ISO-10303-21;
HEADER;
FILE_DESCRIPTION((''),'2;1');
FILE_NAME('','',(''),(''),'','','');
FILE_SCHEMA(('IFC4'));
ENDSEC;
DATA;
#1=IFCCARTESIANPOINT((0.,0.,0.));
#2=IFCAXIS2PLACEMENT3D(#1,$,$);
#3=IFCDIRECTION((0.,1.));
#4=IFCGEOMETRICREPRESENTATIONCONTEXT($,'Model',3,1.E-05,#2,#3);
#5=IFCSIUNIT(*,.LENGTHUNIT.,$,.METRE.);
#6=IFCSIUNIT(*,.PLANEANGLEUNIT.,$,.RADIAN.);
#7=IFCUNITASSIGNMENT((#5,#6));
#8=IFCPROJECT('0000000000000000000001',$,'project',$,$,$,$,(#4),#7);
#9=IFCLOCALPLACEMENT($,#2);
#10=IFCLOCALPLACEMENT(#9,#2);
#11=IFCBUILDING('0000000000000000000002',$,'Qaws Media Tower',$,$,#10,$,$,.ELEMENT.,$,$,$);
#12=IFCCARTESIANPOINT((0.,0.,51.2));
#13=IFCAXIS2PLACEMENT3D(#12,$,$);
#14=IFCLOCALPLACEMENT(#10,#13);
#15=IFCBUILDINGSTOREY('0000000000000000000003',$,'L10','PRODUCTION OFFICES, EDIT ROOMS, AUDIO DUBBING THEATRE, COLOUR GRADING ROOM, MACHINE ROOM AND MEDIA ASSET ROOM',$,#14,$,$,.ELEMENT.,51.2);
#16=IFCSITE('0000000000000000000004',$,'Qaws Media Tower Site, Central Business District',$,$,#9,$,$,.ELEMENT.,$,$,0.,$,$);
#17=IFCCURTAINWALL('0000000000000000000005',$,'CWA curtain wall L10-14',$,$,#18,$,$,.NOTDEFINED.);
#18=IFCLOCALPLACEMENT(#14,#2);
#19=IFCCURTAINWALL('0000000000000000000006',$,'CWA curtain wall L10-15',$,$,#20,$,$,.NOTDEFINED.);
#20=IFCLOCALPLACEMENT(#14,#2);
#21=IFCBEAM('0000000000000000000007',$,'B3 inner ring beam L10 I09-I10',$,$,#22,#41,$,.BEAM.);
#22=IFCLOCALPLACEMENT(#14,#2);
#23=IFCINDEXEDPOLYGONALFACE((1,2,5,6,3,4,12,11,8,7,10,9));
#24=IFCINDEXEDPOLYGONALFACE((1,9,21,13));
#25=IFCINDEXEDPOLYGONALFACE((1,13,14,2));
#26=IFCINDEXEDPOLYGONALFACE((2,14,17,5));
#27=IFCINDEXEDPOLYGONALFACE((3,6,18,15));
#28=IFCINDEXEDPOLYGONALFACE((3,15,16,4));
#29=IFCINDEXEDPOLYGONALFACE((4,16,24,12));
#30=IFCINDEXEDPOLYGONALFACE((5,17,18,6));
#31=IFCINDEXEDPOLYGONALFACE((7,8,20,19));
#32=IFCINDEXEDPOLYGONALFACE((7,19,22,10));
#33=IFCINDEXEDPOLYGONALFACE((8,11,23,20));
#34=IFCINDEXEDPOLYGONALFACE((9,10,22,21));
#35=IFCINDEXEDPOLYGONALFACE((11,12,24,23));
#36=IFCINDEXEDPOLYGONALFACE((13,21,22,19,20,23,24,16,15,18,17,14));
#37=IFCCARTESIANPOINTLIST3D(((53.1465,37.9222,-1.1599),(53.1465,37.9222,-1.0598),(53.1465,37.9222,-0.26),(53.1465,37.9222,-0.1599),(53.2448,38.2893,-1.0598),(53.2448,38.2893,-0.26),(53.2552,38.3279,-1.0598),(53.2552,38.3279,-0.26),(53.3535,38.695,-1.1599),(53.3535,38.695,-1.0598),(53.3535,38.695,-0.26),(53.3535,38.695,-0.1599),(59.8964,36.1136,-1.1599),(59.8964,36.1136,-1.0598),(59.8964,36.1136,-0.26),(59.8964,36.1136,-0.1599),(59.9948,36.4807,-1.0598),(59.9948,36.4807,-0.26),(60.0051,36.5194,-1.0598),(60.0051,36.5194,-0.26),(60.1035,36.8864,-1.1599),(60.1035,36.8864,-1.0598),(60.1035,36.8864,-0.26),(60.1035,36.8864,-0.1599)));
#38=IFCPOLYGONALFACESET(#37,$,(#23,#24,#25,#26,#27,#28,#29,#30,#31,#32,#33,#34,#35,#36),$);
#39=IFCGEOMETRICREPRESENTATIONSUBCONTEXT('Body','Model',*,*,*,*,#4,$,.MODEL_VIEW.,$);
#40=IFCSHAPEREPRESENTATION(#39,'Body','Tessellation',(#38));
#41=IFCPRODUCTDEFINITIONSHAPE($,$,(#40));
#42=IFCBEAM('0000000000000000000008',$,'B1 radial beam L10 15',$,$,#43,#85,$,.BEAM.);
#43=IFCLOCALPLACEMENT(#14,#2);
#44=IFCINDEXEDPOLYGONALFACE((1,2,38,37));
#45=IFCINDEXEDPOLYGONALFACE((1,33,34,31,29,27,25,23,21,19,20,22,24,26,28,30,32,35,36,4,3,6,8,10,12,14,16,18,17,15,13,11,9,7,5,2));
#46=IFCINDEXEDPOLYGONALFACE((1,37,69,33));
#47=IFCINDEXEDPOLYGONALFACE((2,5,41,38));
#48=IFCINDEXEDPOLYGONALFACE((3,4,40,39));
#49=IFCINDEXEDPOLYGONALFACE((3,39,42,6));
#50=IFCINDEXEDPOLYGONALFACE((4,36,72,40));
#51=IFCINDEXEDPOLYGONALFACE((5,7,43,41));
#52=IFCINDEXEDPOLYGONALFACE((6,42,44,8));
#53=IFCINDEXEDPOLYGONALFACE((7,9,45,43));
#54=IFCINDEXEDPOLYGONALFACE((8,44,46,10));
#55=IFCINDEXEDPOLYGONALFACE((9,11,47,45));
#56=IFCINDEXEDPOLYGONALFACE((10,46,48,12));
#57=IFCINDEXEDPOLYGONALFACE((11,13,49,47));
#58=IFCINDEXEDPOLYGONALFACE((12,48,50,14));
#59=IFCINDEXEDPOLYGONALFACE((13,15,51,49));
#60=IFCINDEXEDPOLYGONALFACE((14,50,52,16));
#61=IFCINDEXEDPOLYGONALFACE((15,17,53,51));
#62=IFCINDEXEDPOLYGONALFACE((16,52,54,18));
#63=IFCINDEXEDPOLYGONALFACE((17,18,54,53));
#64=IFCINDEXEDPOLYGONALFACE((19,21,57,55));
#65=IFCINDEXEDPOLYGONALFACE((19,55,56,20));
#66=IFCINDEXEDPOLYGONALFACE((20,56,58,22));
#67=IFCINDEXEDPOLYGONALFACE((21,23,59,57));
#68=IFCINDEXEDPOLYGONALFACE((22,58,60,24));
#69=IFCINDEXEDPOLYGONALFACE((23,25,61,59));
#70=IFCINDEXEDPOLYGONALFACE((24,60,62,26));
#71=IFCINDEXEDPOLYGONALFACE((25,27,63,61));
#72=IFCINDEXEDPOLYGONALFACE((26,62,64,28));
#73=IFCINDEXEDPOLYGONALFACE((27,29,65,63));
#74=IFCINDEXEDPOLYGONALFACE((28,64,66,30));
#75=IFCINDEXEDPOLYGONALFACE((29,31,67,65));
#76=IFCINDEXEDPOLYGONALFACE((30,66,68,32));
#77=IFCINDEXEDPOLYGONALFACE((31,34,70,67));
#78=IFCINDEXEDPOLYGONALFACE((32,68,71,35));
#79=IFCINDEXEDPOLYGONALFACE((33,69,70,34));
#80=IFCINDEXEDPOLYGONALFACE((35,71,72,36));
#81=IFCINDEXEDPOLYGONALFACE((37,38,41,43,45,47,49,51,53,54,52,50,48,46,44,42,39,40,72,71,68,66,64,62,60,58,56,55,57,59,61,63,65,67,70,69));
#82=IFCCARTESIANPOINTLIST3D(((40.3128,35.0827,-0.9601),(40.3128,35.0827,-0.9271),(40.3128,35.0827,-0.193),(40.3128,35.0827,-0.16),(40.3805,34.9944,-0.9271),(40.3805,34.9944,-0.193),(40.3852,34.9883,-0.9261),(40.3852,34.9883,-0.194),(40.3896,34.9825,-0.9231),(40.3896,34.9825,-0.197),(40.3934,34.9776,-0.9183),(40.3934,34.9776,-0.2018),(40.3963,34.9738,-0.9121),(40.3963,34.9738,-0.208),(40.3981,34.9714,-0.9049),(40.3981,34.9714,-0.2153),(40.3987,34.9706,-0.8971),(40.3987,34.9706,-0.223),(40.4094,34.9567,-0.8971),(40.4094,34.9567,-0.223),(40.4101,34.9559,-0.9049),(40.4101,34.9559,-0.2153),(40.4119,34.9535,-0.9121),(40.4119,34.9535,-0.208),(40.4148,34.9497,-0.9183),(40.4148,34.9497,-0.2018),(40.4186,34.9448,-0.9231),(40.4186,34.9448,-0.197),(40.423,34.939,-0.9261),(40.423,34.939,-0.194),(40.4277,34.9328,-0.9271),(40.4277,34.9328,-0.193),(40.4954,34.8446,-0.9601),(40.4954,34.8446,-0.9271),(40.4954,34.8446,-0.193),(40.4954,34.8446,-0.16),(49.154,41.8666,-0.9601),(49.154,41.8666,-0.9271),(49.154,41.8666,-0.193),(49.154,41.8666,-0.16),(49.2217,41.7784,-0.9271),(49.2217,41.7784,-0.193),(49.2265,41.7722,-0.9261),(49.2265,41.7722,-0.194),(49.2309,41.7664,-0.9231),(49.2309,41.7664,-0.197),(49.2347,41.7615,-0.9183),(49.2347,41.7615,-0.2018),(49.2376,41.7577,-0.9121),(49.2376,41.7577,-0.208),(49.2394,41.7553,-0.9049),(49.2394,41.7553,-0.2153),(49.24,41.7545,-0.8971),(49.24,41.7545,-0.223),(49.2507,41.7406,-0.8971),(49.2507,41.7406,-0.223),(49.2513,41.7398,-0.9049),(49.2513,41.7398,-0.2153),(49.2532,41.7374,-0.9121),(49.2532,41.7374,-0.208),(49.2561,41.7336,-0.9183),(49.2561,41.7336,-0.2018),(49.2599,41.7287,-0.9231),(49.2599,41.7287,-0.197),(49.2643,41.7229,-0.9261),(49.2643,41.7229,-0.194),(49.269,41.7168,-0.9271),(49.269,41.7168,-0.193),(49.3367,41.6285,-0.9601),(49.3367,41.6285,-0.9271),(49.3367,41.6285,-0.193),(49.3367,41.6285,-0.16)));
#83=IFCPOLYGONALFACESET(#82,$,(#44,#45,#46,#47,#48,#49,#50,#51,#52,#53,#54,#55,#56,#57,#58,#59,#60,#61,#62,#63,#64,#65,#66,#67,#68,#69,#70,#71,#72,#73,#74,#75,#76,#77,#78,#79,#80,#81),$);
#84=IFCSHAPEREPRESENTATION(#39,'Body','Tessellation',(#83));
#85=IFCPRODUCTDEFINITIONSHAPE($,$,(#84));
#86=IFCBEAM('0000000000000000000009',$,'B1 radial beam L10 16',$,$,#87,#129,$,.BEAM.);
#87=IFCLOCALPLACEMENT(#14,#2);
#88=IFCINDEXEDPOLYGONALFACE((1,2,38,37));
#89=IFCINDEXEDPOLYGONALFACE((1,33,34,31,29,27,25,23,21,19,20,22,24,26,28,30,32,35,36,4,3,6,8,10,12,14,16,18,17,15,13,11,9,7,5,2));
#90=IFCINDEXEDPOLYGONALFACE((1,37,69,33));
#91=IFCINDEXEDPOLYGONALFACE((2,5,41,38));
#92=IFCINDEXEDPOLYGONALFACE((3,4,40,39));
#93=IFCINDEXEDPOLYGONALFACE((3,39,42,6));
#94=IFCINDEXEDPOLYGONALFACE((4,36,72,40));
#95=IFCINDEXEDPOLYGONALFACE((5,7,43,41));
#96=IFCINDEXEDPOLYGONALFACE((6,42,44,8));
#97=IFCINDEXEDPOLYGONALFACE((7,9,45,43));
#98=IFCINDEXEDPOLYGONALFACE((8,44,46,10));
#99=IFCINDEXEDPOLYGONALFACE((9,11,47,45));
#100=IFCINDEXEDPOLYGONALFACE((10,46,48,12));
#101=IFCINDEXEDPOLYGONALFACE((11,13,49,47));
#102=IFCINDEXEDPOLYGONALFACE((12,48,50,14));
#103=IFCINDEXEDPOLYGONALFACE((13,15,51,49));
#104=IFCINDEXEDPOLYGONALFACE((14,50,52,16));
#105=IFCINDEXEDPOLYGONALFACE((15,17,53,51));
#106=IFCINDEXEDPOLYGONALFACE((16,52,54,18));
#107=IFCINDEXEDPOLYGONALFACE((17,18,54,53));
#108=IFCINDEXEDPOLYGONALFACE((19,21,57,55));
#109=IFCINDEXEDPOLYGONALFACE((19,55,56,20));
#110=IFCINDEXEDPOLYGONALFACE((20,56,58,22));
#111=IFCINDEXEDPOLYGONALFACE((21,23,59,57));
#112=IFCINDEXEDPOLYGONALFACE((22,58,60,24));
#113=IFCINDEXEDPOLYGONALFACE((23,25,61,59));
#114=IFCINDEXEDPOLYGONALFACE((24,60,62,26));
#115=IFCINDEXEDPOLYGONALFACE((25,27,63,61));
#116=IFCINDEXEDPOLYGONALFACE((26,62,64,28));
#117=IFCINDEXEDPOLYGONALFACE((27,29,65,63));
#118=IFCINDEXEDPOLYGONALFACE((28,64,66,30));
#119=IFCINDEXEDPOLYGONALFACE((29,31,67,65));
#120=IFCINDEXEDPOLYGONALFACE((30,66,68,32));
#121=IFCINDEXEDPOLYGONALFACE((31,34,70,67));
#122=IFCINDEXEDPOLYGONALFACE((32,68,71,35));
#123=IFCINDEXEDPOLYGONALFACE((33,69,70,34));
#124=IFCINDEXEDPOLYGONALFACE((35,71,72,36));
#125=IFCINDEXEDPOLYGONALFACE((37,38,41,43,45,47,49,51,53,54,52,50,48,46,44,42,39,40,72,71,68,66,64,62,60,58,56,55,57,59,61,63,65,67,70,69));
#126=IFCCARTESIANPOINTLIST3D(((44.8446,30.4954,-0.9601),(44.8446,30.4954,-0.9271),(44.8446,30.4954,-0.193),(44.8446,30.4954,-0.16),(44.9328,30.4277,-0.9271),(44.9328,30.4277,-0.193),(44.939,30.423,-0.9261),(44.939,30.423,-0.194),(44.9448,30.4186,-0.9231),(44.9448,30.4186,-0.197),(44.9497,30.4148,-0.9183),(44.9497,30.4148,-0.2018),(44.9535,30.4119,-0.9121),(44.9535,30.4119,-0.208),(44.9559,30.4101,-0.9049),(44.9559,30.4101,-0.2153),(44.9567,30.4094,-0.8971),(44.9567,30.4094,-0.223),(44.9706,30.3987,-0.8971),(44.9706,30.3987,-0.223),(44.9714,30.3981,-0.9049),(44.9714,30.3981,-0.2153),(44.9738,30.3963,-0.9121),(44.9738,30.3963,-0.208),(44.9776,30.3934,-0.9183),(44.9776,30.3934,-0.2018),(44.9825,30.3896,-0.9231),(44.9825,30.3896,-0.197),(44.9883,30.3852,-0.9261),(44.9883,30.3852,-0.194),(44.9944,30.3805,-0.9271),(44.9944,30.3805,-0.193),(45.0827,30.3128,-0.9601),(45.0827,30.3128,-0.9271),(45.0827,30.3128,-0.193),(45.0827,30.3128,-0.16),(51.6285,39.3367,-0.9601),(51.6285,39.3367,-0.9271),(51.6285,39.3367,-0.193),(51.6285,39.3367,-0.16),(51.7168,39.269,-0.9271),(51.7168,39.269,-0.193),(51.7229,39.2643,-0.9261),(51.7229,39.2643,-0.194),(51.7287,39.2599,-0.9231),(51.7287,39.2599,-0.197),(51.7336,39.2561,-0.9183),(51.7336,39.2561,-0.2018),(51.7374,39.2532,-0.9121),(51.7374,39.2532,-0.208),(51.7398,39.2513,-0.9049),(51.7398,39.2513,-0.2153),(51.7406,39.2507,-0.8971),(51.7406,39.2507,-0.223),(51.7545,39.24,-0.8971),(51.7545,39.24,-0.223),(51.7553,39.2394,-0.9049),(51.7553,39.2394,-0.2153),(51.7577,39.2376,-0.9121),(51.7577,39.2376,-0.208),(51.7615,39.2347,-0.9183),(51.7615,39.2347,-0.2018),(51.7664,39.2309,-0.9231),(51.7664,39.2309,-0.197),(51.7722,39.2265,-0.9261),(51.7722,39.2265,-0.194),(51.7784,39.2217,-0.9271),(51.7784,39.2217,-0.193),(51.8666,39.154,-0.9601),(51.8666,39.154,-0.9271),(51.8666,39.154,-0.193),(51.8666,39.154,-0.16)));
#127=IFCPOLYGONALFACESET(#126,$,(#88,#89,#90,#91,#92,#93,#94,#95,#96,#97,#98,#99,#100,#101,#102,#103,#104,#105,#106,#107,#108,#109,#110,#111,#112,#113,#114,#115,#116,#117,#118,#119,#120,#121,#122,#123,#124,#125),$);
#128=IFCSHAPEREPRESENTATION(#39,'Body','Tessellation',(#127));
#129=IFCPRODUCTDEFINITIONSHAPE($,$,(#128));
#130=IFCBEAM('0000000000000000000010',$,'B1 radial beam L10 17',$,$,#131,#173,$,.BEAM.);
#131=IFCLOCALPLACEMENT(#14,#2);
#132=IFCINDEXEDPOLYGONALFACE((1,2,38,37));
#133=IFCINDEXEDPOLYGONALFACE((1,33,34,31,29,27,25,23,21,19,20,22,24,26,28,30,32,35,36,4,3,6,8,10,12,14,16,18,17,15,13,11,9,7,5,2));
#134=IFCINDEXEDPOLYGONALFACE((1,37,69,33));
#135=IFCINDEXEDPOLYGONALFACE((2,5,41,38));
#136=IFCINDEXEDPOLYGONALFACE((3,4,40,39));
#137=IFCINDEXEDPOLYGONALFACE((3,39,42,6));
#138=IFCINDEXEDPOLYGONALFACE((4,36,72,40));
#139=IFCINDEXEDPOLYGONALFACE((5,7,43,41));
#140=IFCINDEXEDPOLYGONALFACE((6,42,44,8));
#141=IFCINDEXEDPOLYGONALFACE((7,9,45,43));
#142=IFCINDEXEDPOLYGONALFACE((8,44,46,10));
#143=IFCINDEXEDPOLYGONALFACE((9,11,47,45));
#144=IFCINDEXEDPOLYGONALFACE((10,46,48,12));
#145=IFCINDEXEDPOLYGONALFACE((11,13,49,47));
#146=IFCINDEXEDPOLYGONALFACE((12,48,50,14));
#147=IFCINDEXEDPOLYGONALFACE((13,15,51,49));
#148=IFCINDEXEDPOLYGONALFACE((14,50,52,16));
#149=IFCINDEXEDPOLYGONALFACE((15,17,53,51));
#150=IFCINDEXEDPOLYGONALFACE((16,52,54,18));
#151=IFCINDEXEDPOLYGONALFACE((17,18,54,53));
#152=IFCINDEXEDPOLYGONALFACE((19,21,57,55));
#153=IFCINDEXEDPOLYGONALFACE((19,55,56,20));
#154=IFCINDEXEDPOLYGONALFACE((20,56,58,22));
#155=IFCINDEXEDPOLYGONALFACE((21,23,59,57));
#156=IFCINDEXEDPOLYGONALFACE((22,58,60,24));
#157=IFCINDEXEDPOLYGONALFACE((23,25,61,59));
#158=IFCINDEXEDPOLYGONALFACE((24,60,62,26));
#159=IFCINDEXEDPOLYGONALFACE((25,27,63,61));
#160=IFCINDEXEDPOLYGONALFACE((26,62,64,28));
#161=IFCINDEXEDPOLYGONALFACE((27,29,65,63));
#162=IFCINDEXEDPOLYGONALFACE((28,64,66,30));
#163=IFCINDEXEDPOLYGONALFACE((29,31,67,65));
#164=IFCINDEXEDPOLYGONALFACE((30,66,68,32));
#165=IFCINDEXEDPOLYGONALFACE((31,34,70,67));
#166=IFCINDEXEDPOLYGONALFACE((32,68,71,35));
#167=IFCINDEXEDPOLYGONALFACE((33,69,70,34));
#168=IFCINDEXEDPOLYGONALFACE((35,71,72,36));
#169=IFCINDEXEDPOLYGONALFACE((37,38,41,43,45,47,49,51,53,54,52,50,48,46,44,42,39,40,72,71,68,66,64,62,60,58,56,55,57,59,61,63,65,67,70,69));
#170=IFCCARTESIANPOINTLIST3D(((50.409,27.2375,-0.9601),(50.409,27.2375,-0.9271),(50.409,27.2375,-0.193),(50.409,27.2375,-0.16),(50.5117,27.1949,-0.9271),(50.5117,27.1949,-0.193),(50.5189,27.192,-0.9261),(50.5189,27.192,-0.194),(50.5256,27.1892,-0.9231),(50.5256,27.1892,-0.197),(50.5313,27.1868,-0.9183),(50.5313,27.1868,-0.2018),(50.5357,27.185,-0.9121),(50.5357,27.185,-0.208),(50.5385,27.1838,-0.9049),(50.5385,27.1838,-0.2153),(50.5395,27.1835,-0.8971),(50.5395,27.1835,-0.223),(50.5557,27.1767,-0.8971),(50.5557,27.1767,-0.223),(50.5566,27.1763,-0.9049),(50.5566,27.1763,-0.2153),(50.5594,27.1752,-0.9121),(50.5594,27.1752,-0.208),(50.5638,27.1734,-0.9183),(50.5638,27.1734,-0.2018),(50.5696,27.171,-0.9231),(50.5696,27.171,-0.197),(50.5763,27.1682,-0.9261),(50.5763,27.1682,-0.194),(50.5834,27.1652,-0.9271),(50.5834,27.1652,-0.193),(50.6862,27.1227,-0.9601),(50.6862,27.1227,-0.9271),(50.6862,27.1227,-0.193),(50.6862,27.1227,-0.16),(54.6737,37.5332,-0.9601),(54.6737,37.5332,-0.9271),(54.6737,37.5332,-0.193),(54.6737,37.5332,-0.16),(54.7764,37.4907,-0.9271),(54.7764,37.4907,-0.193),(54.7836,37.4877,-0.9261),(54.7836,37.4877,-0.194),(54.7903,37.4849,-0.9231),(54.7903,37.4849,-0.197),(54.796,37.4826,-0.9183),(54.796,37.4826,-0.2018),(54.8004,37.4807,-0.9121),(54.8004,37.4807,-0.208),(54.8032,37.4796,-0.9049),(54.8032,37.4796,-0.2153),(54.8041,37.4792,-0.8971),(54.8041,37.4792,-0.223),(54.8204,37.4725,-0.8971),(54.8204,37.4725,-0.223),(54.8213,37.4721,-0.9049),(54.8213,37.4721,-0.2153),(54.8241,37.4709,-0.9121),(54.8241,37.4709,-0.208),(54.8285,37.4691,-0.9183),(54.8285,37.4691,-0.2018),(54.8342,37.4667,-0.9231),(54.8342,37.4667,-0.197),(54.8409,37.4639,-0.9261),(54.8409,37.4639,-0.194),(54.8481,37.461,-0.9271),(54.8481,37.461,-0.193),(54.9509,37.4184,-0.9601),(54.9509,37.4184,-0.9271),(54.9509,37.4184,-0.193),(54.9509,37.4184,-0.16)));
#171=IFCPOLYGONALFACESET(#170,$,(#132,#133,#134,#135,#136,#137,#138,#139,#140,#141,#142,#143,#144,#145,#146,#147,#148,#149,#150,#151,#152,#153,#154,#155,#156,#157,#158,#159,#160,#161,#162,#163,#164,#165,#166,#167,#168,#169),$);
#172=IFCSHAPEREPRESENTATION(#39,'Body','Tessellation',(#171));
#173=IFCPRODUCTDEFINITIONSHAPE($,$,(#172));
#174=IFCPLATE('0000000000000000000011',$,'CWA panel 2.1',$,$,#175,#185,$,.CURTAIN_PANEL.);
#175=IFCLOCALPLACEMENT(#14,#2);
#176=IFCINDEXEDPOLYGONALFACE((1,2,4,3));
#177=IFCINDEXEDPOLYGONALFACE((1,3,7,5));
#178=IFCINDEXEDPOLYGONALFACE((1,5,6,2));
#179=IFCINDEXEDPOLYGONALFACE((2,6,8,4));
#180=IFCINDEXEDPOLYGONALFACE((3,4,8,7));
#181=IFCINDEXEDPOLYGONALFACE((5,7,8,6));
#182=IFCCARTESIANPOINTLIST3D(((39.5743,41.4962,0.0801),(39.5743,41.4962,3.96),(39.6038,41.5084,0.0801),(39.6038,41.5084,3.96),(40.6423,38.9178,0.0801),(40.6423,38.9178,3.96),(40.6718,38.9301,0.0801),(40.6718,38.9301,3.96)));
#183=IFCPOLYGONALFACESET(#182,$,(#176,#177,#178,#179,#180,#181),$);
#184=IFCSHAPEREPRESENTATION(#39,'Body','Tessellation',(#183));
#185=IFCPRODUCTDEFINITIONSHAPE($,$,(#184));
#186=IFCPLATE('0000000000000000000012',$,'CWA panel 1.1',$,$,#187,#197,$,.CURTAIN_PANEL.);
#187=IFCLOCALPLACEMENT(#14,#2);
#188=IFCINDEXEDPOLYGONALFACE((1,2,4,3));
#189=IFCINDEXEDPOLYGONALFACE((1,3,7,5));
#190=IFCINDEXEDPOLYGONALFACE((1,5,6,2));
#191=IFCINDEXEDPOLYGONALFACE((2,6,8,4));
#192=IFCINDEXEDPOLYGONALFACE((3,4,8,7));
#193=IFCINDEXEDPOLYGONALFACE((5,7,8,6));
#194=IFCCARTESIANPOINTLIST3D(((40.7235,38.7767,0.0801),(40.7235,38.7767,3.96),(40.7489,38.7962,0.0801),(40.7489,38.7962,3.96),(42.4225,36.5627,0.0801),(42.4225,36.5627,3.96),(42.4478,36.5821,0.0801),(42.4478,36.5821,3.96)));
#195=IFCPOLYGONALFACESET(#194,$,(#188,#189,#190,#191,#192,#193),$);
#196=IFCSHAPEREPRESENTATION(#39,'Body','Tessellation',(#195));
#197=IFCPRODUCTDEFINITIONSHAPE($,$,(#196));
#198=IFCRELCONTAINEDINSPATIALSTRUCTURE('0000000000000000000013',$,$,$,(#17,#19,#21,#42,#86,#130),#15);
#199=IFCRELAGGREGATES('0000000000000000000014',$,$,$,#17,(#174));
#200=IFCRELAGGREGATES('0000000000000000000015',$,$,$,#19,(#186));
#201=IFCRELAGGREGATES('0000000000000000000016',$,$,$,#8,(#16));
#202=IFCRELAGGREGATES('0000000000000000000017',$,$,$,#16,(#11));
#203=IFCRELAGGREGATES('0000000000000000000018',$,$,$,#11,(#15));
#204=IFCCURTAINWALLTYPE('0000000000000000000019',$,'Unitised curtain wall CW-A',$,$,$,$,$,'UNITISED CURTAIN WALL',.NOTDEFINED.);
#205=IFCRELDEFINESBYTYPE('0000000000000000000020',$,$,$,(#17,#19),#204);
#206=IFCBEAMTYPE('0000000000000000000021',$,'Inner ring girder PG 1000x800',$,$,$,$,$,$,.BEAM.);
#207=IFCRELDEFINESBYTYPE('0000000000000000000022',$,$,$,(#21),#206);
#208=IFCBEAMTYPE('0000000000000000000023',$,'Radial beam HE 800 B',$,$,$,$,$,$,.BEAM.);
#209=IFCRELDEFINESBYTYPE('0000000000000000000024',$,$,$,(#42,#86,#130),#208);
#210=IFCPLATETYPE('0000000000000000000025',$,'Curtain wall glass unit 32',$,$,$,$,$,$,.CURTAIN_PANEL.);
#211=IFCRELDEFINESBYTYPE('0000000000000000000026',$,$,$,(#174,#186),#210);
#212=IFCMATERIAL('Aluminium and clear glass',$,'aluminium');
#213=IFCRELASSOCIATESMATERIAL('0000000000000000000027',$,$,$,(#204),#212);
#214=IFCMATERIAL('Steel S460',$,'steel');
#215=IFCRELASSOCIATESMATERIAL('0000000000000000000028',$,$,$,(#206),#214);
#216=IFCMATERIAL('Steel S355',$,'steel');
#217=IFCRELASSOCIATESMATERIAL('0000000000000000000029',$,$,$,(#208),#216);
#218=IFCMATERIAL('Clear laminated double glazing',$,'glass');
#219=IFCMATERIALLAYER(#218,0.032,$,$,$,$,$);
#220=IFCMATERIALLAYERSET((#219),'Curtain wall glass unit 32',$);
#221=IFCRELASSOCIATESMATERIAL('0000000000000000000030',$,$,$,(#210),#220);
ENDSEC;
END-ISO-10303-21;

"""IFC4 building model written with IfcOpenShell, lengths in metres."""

from ifc_helpers import new_model, si_unit, direction, frame, origin, origin_2d, place, context, subcontext, project, spatial, rectangle, i_section, extrude, material, layer, layer_set, material_profile, profile_set, type_object, element, aggregate, save


model = new_model("IFC4")

# Units and contexts
model_context = context("Model", 3, precision=1e-05, world=origin(), true_north=direction((0.0, 1.0)))
body_context = subcontext(model_context, "Body", "Model", "MODEL_VIEW")
ifc_project = project(units=[si_unit("LENGTHUNIT", "METRE"), si_unit("PLANEANGLEUNIT", "RADIAN")], contexts=[model_context])

# Site, building, storey
site_placement = place(None, origin())
site = spatial("IfcSite", under=ifc_project, at=site_placement, Name="Qaws Media Tower Site, Central Business District", CompositionType="ELEMENT", RefElevation=0.0)
building_placement = place(site_placement, origin())
building = spatial("IfcBuilding", under=site, at=building_placement, Name="Qaws Media Tower", CompositionType="ELEMENT")
storey_placement = place(building_placement, frame((0.0, 0.0, 51.2)))
storey = spatial("IfcBuildingStorey", under=building, at=storey_placement, Name="L10", Description="PRODUCTION OFFICES, EDIT ROOMS, AUDIO DUBBING THEATRE, COLOUR GRADING ROOM, MACHINE ROOM AND MEDIA ASSET ROOM", CompositionType="ELEMENT", Elevation=51.2)

# Curtain wall
ifc_material_1 = material(Name="Aluminium and clear glass", Category="aluminium")
curtain_wall_type = type_object("IfcCurtainWallType", Name="Unitised curtain wall CW-A", ElementType="UNITISED CURTAIN WALL", PredefinedType="NOTDEFINED", material=ifc_material_1)
curtain_wall_1_placement = place(storey_placement, origin())
curtain_wall_1 = element("IfcCurtainWall", 1, at=curtain_wall_1_placement, inside=storey, type_object=curtain_wall_type, Name="CWA curtain wall L10-14", PredefinedType="NOTDEFINED")

# Curtain wall
curtain_wall_2_placement = place(storey_placement, origin())
curtain_wall_2 = element("IfcCurtainWall", 2, at=curtain_wall_2_placement, inside=storey, type_object=curtain_wall_type, Name="CWA curtain wall L10-15", PredefinedType="NOTDEFINED")

# Beams
ifc_material_2 = material(Name="Steel S460", Category="steel")
ifc_material_profile_1 = material_profile(ifc_material_2, i_section(OverallWidth=0.8, OverallDepth=1.0, WebThickness=0.04, FlangeThickness=0.1001, at=origin_2d()), Name="PG 1000x800")
ifc_profile_set_1 = profile_set([ifc_material_profile_1], Name="Steel S460")
beam_type_1 = type_object("IfcBeamType", Name="Inner ring girder PG 1000x800", PredefinedType="BEAM", material=ifc_profile_set_1)
beam_1_placement = place(storey_placement, frame((53.25, 38.3086, -0.6599), z_axis=(0.965928, -0.258811, 0.0), x_axis=(0.258811, 0.965928, 0.0)))
element("IfcBeam", 3, at=beam_1_placement, inside=storey, type_object=beam_type_1, Name="B3 inner ring beam L10 I09-I10", PredefinedType="BEAM", context=body_context, shape_type="SweptSolid", body=[
    extrude(i_section(OverallWidth=0.8, OverallDepth=1.0, WebThickness=0.04, FlangeThickness=0.1001, at=origin_2d()), origin(), (0.0, 0.0, 1.0), 6.988),
])
ifc_material_3 = material(Name="Steel S355", Category="steel")
ifc_material_profile_2 = material_profile(ifc_material_3, i_section(OverallWidth=0.3, OverallDepth=0.8, WebThickness=0.0176, FlangeThickness=0.033, FilletRadius=0.03, at=origin_2d()), Name="HE 800 B")
ifc_profile_set_2 = profile_set([ifc_material_profile_2], Name="Steel S355")
beam_type_2 = type_object("IfcBeamType", Name="Radial beam HE 800 B", PredefinedType="BEAM", material=ifc_profile_set_2)
for number, where, z_axis, x_axis, name in (
    (4, (49.2454, 41.7476, -0.5601), (-0.793364, -0.608748, 0.0), (0.608748, -0.793364, 0.0), "B1 radial beam L10 15"),
    (5, (51.7476, 39.2454, -0.5601), (-0.608748, -0.793364, 0.0), (0.793364, -0.608748, 0.0), "B1 radial beam L10 16"),
    (6, (54.8123, 37.4758, -0.5601), (-0.382687, -0.923878, 0.0), (0.923878, -0.382687, 0.0), "B1 radial beam L10 17"),
):
    element("IfcBeam", number, at=place(storey_placement, frame(where, z_axis=z_axis, x_axis=x_axis)), inside=storey, type_object=beam_type_2, Name=name, PredefinedType="BEAM", context=body_context, shape_type="SweptSolid", body=[
        extrude(i_section(OverallWidth=0.3, OverallDepth=0.8, WebThickness=0.0176, FlangeThickness=0.033, FilletRadius=0.03, at=origin_2d()), origin(), (0.0, 0.0, 1.0), 11.144),
    ])

# Plates
ifc_material_4 = material(Name="Clear laminated double glazing", Category="glass")
ifc_layer_1 = layer(ifc_material_4, 0.032)
ifc_layer_set_1 = layer_set([ifc_layer_1], Name="Curtain wall glass unit 32")
plate_type_1 = type_object("IfcPlateType", Name="Curtain wall glass unit 32", PredefinedType="CURTAIN_PANEL", material=ifc_layer_set_1)
plate_1_placement = place(storey_placement, frame((40.123, 40.2131, 0.0801), z_axis=(0.0, 0.0, 1.0), x_axis=(0.382683, -0.92388, 0.0)))
plate_1 = element("IfcPlate", 7, at=plate_1_placement, type_object=plate_type_1, Name="CWA panel 2.1", PredefinedType="CURTAIN_PANEL", context=body_context, shape_type="SweptSolid", body=[
    extrude(rectangle(XDim=2.7908, YDim=0.032, at=origin_2d()), origin(), (0.0, 0.0, 1.0), 3.8799),
])
aggregate(curtain_wall_1, [plate_1])
plate_2_placement = place(storey_placement, frame((41.5857, 37.6794, 0.0801), z_axis=(0.0, 0.0, 1.0), x_axis=(0.608762, -0.793353, 0.0)))
plate_2 = element("IfcPlate", 8, at=plate_2_placement, type_object=plate_type_1, Name="CWA panel 1.1", PredefinedType="CURTAIN_PANEL", context=body_context, shape_type="SweptSolid", body=[
    extrude(rectangle(XDim=2.7908, YDim=0.032, at=origin_2d()), origin(), (0.0, 0.0, 1.0), 3.8799),
])
aggregate(curtain_wall_2, [plate_2])

save(model, "model.ifc")
